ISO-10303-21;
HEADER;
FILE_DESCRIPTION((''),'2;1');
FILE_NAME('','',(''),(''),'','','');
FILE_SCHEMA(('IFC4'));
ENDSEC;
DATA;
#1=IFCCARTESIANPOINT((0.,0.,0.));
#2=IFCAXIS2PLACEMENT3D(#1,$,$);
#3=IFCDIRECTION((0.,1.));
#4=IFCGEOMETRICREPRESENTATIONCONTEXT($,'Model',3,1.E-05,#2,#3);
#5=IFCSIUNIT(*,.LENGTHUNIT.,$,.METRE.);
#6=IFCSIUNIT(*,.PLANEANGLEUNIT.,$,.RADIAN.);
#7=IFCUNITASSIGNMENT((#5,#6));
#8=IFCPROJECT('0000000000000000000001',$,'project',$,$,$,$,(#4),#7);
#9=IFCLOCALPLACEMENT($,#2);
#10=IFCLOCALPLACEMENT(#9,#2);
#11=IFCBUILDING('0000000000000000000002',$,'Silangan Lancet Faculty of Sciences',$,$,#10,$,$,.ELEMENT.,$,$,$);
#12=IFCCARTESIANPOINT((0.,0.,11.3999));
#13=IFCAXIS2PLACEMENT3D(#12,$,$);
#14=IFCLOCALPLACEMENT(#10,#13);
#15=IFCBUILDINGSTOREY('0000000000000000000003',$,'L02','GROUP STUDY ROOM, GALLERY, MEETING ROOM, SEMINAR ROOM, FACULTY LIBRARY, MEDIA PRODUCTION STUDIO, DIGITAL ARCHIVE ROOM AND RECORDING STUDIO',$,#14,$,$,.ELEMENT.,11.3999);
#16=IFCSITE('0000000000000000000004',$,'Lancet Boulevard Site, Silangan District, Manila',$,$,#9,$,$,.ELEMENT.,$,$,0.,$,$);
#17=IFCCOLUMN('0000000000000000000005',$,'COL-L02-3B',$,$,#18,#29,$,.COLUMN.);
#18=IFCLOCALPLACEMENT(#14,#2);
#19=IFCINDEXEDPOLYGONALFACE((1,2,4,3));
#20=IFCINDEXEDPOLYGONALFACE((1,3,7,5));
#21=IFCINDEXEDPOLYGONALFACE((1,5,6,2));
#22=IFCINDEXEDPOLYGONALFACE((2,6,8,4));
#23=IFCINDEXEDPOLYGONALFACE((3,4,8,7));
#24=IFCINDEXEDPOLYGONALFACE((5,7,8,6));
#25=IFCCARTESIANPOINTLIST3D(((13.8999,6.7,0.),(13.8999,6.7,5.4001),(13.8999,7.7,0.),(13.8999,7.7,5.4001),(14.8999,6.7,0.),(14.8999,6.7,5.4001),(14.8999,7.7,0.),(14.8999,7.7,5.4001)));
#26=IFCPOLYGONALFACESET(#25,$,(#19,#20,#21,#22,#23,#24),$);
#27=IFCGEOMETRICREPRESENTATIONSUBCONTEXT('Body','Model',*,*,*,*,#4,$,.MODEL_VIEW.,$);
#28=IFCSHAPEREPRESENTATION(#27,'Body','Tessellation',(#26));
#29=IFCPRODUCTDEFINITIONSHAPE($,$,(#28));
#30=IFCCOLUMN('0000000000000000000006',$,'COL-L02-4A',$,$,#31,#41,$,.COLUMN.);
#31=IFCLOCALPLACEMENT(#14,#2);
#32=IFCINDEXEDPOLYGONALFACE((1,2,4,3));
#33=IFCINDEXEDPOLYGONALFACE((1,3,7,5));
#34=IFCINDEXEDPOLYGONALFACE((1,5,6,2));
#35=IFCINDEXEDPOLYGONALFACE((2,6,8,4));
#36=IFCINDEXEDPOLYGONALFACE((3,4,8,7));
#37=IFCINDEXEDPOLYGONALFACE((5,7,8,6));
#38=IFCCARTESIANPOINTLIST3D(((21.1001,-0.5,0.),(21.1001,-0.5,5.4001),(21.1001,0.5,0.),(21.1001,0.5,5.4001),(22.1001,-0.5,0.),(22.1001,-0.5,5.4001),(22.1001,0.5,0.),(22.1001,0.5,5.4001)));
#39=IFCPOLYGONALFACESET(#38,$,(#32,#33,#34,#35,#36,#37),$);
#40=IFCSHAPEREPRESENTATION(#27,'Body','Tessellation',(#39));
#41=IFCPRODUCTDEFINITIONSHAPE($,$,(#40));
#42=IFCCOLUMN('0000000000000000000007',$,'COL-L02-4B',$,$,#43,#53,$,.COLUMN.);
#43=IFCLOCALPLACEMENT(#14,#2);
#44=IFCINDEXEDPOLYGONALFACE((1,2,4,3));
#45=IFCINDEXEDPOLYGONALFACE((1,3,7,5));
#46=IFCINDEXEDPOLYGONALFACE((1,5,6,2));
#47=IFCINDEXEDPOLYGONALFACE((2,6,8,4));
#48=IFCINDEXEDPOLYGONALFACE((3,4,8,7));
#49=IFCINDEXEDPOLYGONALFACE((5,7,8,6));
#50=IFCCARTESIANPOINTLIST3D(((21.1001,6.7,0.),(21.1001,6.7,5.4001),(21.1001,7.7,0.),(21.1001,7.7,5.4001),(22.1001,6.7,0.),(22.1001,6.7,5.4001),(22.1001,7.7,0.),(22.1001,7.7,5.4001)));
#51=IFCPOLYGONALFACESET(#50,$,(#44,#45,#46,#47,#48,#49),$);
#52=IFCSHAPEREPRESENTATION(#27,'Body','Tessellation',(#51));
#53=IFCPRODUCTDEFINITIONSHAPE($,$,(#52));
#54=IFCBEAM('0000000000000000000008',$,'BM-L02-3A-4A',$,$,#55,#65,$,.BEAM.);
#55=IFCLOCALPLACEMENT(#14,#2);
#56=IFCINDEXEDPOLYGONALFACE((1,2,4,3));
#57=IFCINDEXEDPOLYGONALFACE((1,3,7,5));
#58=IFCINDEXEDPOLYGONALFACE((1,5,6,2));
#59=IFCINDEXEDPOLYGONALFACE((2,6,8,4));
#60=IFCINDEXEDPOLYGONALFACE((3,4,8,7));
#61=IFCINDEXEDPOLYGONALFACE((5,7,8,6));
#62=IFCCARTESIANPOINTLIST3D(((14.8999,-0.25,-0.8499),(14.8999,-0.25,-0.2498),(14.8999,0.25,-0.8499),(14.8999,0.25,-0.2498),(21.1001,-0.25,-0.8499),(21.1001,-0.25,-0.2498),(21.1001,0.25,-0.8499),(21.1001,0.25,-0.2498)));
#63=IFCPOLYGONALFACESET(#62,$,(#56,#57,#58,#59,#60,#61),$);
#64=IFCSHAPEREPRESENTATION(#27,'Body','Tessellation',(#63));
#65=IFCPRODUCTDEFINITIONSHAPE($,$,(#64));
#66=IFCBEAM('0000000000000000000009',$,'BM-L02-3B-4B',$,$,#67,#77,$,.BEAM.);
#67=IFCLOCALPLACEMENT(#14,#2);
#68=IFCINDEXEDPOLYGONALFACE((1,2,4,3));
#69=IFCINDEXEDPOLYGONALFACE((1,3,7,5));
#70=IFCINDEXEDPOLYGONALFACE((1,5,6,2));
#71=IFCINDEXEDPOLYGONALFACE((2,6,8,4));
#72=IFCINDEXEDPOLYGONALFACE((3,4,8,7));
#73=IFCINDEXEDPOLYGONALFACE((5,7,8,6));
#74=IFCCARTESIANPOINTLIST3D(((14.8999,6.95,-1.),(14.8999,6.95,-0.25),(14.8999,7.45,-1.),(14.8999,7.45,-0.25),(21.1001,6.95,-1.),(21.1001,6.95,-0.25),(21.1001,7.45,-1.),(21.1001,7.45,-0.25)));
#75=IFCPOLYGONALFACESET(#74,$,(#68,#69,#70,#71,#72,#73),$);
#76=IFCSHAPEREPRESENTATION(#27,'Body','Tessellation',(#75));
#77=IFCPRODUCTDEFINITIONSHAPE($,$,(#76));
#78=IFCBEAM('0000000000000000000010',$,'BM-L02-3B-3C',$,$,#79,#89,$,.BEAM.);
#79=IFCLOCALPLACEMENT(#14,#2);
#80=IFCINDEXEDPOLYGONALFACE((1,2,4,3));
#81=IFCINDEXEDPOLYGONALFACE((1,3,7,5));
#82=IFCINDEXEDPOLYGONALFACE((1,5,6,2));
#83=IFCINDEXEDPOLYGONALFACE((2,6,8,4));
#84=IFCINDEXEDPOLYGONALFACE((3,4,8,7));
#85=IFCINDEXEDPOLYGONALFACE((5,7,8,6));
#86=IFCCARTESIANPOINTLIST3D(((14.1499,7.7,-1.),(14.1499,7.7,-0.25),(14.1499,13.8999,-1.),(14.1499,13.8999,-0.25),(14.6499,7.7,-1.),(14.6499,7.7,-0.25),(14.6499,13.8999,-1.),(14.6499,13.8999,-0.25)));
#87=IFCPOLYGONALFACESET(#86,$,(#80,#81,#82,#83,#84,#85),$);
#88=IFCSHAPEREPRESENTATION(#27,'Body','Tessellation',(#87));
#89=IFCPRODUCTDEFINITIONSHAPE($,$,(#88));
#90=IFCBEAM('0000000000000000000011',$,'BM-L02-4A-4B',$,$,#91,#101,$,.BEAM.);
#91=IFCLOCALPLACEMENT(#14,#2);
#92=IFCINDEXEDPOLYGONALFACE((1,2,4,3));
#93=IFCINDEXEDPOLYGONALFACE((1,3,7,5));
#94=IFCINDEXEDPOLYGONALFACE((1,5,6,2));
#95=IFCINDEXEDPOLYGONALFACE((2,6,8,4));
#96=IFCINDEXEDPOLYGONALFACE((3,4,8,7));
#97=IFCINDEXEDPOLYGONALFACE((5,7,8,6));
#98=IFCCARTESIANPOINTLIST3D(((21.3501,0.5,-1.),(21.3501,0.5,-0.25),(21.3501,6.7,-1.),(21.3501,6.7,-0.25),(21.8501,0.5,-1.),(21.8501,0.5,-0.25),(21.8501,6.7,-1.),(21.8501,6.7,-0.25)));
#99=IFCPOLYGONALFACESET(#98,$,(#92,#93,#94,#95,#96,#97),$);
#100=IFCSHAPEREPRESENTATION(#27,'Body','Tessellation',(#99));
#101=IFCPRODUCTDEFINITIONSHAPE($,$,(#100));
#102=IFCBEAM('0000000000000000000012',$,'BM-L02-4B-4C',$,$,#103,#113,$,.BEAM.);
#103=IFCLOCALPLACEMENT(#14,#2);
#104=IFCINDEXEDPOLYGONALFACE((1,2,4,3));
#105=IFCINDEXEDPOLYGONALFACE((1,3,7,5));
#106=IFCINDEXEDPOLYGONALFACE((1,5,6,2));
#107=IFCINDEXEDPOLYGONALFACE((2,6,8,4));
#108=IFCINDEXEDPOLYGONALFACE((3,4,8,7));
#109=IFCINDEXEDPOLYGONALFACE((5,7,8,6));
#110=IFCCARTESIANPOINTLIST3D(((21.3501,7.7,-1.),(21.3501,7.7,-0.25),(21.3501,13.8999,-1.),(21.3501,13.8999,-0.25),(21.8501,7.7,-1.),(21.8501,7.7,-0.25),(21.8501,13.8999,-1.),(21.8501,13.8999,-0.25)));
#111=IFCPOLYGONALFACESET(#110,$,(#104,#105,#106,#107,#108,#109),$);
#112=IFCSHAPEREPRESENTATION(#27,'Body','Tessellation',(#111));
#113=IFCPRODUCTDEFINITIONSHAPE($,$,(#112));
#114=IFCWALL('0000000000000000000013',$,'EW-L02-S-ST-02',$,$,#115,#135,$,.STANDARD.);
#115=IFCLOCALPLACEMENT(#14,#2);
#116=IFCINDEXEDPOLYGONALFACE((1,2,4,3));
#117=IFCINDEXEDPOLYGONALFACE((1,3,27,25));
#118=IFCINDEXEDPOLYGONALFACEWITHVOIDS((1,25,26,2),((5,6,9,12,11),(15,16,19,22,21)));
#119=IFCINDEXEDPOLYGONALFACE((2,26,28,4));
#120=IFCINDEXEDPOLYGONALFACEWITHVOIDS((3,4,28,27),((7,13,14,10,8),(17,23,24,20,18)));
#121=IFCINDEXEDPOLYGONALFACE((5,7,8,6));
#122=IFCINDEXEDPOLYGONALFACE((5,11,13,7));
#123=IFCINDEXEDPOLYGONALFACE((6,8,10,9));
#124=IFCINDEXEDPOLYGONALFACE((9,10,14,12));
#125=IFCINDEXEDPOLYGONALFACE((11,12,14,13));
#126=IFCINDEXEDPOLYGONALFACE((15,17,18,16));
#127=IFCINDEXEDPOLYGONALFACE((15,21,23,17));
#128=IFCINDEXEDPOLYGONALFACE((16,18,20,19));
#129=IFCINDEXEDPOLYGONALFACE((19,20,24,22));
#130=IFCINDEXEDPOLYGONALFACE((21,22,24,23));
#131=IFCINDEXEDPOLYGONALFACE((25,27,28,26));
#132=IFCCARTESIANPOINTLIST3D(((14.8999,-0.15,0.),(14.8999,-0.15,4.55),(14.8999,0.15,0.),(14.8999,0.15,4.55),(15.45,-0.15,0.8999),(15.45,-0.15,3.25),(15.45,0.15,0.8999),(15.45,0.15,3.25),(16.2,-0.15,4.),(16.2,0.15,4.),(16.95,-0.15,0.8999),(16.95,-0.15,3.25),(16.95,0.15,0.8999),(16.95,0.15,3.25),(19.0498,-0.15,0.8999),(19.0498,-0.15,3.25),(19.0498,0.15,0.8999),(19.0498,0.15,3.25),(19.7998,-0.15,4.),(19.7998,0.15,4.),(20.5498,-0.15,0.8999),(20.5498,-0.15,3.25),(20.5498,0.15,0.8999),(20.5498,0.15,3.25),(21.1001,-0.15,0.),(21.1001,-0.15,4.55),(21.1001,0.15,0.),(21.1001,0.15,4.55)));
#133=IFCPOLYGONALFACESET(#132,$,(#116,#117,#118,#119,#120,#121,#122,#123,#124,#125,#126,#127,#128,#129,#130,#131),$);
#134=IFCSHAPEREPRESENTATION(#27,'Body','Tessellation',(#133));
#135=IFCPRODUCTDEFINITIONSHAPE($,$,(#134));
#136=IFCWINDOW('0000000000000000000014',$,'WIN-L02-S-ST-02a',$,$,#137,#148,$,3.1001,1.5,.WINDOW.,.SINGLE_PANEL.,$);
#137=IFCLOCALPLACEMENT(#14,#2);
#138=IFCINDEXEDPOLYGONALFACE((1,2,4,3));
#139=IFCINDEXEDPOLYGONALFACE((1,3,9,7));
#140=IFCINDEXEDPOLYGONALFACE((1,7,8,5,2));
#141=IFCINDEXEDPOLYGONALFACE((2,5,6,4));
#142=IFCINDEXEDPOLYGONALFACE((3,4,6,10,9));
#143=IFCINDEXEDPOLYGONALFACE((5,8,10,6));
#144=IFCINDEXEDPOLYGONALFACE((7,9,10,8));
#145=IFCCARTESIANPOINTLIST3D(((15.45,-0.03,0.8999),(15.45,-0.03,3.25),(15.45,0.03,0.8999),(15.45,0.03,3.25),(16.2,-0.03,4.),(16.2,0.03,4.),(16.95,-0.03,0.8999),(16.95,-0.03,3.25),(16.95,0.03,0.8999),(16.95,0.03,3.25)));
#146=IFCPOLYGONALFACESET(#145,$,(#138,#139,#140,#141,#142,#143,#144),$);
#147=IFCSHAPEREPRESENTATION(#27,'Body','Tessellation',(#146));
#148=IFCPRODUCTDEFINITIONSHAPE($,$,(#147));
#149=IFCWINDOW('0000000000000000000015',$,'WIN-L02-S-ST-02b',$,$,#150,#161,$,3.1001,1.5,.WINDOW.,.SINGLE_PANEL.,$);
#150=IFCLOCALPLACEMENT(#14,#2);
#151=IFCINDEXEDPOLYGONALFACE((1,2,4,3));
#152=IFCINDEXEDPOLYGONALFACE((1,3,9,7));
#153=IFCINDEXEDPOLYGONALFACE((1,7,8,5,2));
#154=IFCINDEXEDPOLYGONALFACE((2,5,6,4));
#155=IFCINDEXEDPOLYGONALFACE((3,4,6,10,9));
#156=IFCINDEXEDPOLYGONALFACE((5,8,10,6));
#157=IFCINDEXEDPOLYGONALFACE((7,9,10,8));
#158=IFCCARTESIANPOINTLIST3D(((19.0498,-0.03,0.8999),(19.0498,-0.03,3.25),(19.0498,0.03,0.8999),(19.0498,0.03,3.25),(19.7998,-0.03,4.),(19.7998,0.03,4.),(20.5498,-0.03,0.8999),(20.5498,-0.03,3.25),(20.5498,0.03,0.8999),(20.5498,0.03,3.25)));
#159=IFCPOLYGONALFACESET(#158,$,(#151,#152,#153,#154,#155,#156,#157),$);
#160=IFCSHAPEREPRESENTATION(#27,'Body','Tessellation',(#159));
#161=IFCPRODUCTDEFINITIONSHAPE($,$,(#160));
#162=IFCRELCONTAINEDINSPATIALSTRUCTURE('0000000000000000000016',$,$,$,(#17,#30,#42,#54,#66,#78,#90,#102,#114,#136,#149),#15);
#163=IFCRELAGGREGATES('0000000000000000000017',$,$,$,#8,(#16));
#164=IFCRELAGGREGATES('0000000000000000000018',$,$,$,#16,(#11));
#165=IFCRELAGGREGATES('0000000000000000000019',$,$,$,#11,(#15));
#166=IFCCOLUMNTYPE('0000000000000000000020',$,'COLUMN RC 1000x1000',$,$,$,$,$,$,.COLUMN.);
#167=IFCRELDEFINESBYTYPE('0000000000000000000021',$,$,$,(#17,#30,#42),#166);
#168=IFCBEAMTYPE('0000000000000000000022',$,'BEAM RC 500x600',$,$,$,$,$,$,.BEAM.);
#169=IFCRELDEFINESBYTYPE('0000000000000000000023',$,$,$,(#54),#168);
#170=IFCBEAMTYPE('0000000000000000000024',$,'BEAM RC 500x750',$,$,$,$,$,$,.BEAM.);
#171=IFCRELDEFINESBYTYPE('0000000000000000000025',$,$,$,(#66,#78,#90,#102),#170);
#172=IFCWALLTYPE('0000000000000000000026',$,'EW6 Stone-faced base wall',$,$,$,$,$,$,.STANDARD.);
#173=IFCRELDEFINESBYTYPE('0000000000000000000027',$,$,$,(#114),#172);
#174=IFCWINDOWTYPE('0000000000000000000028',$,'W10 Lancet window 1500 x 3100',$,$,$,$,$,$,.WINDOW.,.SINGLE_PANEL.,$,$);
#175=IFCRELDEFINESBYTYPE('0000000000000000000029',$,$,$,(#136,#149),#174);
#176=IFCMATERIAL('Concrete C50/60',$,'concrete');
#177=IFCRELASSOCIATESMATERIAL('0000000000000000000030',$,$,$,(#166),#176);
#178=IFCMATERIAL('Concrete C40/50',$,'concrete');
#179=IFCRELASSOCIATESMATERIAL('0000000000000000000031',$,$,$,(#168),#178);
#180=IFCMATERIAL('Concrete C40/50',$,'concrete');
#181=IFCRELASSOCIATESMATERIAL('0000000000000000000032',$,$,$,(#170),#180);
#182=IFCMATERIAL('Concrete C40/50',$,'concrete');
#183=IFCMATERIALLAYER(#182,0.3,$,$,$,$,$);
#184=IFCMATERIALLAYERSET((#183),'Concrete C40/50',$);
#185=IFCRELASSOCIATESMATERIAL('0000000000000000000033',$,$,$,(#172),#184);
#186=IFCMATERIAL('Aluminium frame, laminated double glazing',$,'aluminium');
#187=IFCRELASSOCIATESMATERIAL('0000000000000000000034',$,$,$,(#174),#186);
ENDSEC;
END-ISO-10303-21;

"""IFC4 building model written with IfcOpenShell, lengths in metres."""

from ifc_helpers import new_model, si_unit, direction, frame, frame_2d, origin, origin_2d, place, context, subcontext, project, spatial, polyline, rectangle, outline, extrude, material, layer, layer_set, material_profile, profile_set, type_object, element, fill, save


model = new_model("IFC4")

# Units and contexts
model_context = context("Model", 3, precision=1e-05, world=origin(), true_north=direction((0.0, 1.0)))
body_context = subcontext(model_context, "Body", "Model", "MODEL_VIEW")
ifc_project = project(units=[si_unit("LENGTHUNIT", "METRE"), si_unit("PLANEANGLEUNIT", "RADIAN")], contexts=[model_context])

# Site, building, storey
site_placement = place(None, origin())
site = spatial("IfcSite", under=ifc_project, at=site_placement, Name="Lancet Boulevard Site, Silangan District, Manila", CompositionType="ELEMENT", RefElevation=0.0)
building_placement = place(site_placement, origin())
building = spatial("IfcBuilding", under=site, at=building_placement, Name="Silangan Lancet Faculty of Sciences", CompositionType="ELEMENT")
storey_placement = place(building_placement, frame((0.0, 0.0, 11.3999)))
storey = spatial("IfcBuildingStorey", under=building, at=storey_placement, Name="L02", Description="GROUP STUDY ROOM, GALLERY, MEETING ROOM, SEMINAR ROOM, FACULTY LIBRARY, MEDIA PRODUCTION STUDIO, DIGITAL ARCHIVE ROOM AND RECORDING STUDIO", CompositionType="ELEMENT", Elevation=11.3999)

# Columns
ifc_material_1 = material(Name="Concrete C50/60", Category="concrete")
ifc_material_profile_1 = material_profile(ifc_material_1, rectangle(XDim=1.0, YDim=1.0, at=origin_2d()), Name="RC 1000x1000")
ifc_profile_set_1 = profile_set([ifc_material_profile_1], Name="Concrete C50/60")
column_type = type_object("IfcColumnType", Name="COLUMN RC 1000x1000", PredefinedType="COLUMN", material=ifc_profile_set_1)
for number, where, z_axis, x_axis, name in (
    (1, (14.3999, 7.2, 0.0), (0.0, 0.0, 1.0), (1.0, 0.0, 0.0), "COL-L02-3B"),
    (2, (21.6001, 0.0, 0.0), (0.0, 0.0, 1.0), (1.0, 0.0, 0.0), "COL-L02-4A"),
    (3, (21.6001, 7.2, 0.0), (0.0, 0.0, 1.0), (1.0, 0.0, 0.0), "COL-L02-4B"),
):
    element("IfcColumn", number, at=place(storey_placement, frame(where, z_axis=z_axis, x_axis=x_axis)), inside=storey, type_object=column_type, Name=name, PredefinedType="COLUMN", context=body_context, shape_type="SweptSolid", body=[
        extrude(rectangle(XDim=1.0, YDim=1.0, at=origin_2d()), origin(), (0.0, 0.0, 1.0), 5.4001),
    ])

# Beams
ifc_material_2 = material(Name="Concrete C40/50", Category="concrete")
ifc_material_profile_2 = material_profile(ifc_material_2, rectangle(XDim=0.5, YDim=0.6001, at=origin_2d()), Name="RC 500x600")
ifc_profile_set_2 = profile_set([ifc_material_profile_2], Name="Concrete C40/50")
beam_type_1 = type_object("IfcBeamType", Name="BEAM RC 500x600", PredefinedType="BEAM", material=ifc_profile_set_2)
beam_1_placement = place(storey_placement, frame((14.8999, 0.0, -0.5498), z_axis=(1.0, 0.0, 0.0), x_axis=(0.0, 1.0, 0.0)))
element("IfcBeam", 4, at=beam_1_placement, inside=storey, type_object=beam_type_1, Name="BM-L02-3A-4A", PredefinedType="BEAM", context=body_context, shape_type="SweptSolid", body=[
    extrude(rectangle(XDim=0.5, YDim=0.6001, at=origin_2d()), origin(), (0.0, 0.0, 1.0), 6.2002),
])
ifc_material_3 = material(Name="Concrete C40/50", Category="concrete")
ifc_material_profile_3 = material_profile(ifc_material_3, rectangle(XDim=0.5, YDim=0.75, at=origin_2d()), Name="RC 500x750")
ifc_profile_set_3 = profile_set([ifc_material_profile_3], Name="Concrete C40/50")
beam_type_2 = type_object("IfcBeamType", Name="BEAM RC 500x750", PredefinedType="BEAM", material=ifc_profile_set_3)
beam_2_placement = place(storey_placement, frame((14.8999, 7.2, -0.625), z_axis=(1.0, 0.0, 0.0), x_axis=(0.0, 1.0, 0.0)))
element("IfcBeam", 5, at=beam_2_placement, inside=storey, type_object=beam_type_2, Name="BM-L02-3B-4B", PredefinedType="BEAM", context=body_context, shape_type="SweptSolid", body=[
    extrude(rectangle(XDim=0.5, YDim=0.75, at=origin_2d()), origin(), (0.0, 0.0, 1.0), 6.2002),
])
for number, where, z_axis, x_axis, name in (
    (6, (14.3999, 7.7, -0.625), (0.0, 1.0, 0.0), (-1.0, 0.0, 0.0), "BM-L02-3B-3C"),
    (7, (21.6001, 0.5, -0.625), (0.0, 1.0, 0.0), (-1.0, 0.0, 0.0), "BM-L02-4A-4B"),
    (8, (21.6001, 7.7, -0.625), (0.0, 1.0, 0.0), (-1.0, 0.0, 0.0), "BM-L02-4B-4C"),
):
    element("IfcBeam", number, at=place(storey_placement, frame(where, z_axis=z_axis, x_axis=x_axis)), inside=storey, type_object=beam_type_2, Name=name, PredefinedType="BEAM", context=body_context, shape_type="SweptSolid", body=[
        extrude(rectangle(XDim=0.5, YDim=0.75, at=origin_2d()), origin(), (0.0, 0.0, 1.0), 6.2),
    ])

# Wall, openings, windows
ifc_material_4 = material(Name="Concrete C40/50", Category="concrete")
ifc_layer_1 = layer(ifc_material_4, 0.3)
ifc_layer_set_1 = layer_set([ifc_layer_1], Name="Concrete C40/50")
wall_type_1 = type_object("IfcWallType", Name="EW6 Stone-faced base wall", PredefinedType="STANDARD", material=ifc_layer_set_1)
wall_1_placement = place(storey_placement, frame((14.8999, 0.0, 0.0), z_axis=(0.0, 0.0, 1.0), x_axis=(1.0, 0.0, 0.0)))
wall_1 = element("IfcWall", 9, at=wall_1_placement, inside=storey, type_object=wall_type_1, Name="EW-L02-S-ST-02", PredefinedType="STANDARD", context=body_context, shape_type="SweptSolid", body=[
    extrude(rectangle(XDim=6.2002, YDim=0.3, at=frame_2d((3.1001, 0.0))), origin(), (0.0, 0.0, 1.0), 4.55),
])
opening_1_placement = place(wall_1_placement, frame((0.55, 0.0, 0.8999)))
opening_1 = element("IfcOpeningElement", 10, at=opening_1_placement, cuts=wall_1, PredefinedType="OPENING", context=body_context, shape_type="SweptSolid", body=[
    extrude(outline(polyline([(0.0, 0.0), (1.5, 0.0), (1.5, 2.3501), (0.75, 3.1001), (0.0, 2.3501), (0.0, 0.0)])), frame((0.0, 0.1599, 0.0), z_axis=(0.0, -1.0, 0.0), x_axis=(1.0, 0.0, 0.0)), (0.0, 0.0, 1.0), 0.3201),
])
opening_2_placement = place(wall_1_placement, frame((4.1499, 0.0, 0.8999)))
opening_2 = element("IfcOpeningElement", 11, at=opening_2_placement, cuts=wall_1, PredefinedType="OPENING", context=body_context, shape_type="SweptSolid", body=[
    extrude(outline(polyline([(0.0, 0.0), (1.5, 0.0), (1.5, 2.3501), (0.75, 3.1001), (0.0, 2.3501), (0.0, 0.0)])), frame((0.0, 0.1599, 0.0), z_axis=(0.0, -1.0, 0.0), x_axis=(1.0, 0.0, 0.0)), (0.0, 0.0, 1.0), 0.3201),
])
ifc_material_5 = material(Name="Aluminium frame, laminated double glazing", Category="aluminium")
window_type = type_object("IfcWindowType", Name="W10 Lancet window 1500 x 3100", PartitioningType="SINGLE_PANEL", PredefinedType="WINDOW", material=ifc_material_5)
window_1_placement = place(opening_1_placement, origin())
window_1 = element("IfcWindow", 12, at=window_1_placement, inside=storey, type_object=window_type, Name="WIN-L02-S-ST-02a", OverallHeight=3.1001, OverallWidth=1.5, PartitioningType="SINGLE_PANEL", PredefinedType="WINDOW", context=body_context, shape_type="SweptSolid", body=[
    extrude(outline(polyline([(0.0, 0.0), (1.5, 0.0), (1.5, 2.3501), (0.75, 3.1001), (0.0, 2.3501), (0.0, 0.0)])), frame((0.0, 0.03, 0.0), z_axis=(0.0, -1.0, 0.0), x_axis=(1.0, 0.0, 0.0)), (0.0, 0.0, 1.0), 0.0601),
])
fill(opening_1, window_1)
window_2_placement = place(opening_2_placement, origin())
window_2 = element("IfcWindow", 13, at=window_2_placement, inside=storey, type_object=window_type, Name="WIN-L02-S-ST-02b", OverallHeight=3.1001, OverallWidth=1.5, PartitioningType="SINGLE_PANEL", PredefinedType="WINDOW", context=body_context, shape_type="SweptSolid", body=[
    extrude(outline(polyline([(0.0, 0.0), (1.5, 0.0), (1.5, 2.3501), (0.75, 3.1001), (0.0, 2.3501), (0.0, 0.0)])), frame((0.0, 0.03, 0.0), z_axis=(0.0, -1.0, 0.0), x_axis=(1.0, 0.0, 0.0)), (0.0, 0.0, 1.0), 0.0601),
])
fill(opening_2, window_2)

save(model, "model.ifc")
